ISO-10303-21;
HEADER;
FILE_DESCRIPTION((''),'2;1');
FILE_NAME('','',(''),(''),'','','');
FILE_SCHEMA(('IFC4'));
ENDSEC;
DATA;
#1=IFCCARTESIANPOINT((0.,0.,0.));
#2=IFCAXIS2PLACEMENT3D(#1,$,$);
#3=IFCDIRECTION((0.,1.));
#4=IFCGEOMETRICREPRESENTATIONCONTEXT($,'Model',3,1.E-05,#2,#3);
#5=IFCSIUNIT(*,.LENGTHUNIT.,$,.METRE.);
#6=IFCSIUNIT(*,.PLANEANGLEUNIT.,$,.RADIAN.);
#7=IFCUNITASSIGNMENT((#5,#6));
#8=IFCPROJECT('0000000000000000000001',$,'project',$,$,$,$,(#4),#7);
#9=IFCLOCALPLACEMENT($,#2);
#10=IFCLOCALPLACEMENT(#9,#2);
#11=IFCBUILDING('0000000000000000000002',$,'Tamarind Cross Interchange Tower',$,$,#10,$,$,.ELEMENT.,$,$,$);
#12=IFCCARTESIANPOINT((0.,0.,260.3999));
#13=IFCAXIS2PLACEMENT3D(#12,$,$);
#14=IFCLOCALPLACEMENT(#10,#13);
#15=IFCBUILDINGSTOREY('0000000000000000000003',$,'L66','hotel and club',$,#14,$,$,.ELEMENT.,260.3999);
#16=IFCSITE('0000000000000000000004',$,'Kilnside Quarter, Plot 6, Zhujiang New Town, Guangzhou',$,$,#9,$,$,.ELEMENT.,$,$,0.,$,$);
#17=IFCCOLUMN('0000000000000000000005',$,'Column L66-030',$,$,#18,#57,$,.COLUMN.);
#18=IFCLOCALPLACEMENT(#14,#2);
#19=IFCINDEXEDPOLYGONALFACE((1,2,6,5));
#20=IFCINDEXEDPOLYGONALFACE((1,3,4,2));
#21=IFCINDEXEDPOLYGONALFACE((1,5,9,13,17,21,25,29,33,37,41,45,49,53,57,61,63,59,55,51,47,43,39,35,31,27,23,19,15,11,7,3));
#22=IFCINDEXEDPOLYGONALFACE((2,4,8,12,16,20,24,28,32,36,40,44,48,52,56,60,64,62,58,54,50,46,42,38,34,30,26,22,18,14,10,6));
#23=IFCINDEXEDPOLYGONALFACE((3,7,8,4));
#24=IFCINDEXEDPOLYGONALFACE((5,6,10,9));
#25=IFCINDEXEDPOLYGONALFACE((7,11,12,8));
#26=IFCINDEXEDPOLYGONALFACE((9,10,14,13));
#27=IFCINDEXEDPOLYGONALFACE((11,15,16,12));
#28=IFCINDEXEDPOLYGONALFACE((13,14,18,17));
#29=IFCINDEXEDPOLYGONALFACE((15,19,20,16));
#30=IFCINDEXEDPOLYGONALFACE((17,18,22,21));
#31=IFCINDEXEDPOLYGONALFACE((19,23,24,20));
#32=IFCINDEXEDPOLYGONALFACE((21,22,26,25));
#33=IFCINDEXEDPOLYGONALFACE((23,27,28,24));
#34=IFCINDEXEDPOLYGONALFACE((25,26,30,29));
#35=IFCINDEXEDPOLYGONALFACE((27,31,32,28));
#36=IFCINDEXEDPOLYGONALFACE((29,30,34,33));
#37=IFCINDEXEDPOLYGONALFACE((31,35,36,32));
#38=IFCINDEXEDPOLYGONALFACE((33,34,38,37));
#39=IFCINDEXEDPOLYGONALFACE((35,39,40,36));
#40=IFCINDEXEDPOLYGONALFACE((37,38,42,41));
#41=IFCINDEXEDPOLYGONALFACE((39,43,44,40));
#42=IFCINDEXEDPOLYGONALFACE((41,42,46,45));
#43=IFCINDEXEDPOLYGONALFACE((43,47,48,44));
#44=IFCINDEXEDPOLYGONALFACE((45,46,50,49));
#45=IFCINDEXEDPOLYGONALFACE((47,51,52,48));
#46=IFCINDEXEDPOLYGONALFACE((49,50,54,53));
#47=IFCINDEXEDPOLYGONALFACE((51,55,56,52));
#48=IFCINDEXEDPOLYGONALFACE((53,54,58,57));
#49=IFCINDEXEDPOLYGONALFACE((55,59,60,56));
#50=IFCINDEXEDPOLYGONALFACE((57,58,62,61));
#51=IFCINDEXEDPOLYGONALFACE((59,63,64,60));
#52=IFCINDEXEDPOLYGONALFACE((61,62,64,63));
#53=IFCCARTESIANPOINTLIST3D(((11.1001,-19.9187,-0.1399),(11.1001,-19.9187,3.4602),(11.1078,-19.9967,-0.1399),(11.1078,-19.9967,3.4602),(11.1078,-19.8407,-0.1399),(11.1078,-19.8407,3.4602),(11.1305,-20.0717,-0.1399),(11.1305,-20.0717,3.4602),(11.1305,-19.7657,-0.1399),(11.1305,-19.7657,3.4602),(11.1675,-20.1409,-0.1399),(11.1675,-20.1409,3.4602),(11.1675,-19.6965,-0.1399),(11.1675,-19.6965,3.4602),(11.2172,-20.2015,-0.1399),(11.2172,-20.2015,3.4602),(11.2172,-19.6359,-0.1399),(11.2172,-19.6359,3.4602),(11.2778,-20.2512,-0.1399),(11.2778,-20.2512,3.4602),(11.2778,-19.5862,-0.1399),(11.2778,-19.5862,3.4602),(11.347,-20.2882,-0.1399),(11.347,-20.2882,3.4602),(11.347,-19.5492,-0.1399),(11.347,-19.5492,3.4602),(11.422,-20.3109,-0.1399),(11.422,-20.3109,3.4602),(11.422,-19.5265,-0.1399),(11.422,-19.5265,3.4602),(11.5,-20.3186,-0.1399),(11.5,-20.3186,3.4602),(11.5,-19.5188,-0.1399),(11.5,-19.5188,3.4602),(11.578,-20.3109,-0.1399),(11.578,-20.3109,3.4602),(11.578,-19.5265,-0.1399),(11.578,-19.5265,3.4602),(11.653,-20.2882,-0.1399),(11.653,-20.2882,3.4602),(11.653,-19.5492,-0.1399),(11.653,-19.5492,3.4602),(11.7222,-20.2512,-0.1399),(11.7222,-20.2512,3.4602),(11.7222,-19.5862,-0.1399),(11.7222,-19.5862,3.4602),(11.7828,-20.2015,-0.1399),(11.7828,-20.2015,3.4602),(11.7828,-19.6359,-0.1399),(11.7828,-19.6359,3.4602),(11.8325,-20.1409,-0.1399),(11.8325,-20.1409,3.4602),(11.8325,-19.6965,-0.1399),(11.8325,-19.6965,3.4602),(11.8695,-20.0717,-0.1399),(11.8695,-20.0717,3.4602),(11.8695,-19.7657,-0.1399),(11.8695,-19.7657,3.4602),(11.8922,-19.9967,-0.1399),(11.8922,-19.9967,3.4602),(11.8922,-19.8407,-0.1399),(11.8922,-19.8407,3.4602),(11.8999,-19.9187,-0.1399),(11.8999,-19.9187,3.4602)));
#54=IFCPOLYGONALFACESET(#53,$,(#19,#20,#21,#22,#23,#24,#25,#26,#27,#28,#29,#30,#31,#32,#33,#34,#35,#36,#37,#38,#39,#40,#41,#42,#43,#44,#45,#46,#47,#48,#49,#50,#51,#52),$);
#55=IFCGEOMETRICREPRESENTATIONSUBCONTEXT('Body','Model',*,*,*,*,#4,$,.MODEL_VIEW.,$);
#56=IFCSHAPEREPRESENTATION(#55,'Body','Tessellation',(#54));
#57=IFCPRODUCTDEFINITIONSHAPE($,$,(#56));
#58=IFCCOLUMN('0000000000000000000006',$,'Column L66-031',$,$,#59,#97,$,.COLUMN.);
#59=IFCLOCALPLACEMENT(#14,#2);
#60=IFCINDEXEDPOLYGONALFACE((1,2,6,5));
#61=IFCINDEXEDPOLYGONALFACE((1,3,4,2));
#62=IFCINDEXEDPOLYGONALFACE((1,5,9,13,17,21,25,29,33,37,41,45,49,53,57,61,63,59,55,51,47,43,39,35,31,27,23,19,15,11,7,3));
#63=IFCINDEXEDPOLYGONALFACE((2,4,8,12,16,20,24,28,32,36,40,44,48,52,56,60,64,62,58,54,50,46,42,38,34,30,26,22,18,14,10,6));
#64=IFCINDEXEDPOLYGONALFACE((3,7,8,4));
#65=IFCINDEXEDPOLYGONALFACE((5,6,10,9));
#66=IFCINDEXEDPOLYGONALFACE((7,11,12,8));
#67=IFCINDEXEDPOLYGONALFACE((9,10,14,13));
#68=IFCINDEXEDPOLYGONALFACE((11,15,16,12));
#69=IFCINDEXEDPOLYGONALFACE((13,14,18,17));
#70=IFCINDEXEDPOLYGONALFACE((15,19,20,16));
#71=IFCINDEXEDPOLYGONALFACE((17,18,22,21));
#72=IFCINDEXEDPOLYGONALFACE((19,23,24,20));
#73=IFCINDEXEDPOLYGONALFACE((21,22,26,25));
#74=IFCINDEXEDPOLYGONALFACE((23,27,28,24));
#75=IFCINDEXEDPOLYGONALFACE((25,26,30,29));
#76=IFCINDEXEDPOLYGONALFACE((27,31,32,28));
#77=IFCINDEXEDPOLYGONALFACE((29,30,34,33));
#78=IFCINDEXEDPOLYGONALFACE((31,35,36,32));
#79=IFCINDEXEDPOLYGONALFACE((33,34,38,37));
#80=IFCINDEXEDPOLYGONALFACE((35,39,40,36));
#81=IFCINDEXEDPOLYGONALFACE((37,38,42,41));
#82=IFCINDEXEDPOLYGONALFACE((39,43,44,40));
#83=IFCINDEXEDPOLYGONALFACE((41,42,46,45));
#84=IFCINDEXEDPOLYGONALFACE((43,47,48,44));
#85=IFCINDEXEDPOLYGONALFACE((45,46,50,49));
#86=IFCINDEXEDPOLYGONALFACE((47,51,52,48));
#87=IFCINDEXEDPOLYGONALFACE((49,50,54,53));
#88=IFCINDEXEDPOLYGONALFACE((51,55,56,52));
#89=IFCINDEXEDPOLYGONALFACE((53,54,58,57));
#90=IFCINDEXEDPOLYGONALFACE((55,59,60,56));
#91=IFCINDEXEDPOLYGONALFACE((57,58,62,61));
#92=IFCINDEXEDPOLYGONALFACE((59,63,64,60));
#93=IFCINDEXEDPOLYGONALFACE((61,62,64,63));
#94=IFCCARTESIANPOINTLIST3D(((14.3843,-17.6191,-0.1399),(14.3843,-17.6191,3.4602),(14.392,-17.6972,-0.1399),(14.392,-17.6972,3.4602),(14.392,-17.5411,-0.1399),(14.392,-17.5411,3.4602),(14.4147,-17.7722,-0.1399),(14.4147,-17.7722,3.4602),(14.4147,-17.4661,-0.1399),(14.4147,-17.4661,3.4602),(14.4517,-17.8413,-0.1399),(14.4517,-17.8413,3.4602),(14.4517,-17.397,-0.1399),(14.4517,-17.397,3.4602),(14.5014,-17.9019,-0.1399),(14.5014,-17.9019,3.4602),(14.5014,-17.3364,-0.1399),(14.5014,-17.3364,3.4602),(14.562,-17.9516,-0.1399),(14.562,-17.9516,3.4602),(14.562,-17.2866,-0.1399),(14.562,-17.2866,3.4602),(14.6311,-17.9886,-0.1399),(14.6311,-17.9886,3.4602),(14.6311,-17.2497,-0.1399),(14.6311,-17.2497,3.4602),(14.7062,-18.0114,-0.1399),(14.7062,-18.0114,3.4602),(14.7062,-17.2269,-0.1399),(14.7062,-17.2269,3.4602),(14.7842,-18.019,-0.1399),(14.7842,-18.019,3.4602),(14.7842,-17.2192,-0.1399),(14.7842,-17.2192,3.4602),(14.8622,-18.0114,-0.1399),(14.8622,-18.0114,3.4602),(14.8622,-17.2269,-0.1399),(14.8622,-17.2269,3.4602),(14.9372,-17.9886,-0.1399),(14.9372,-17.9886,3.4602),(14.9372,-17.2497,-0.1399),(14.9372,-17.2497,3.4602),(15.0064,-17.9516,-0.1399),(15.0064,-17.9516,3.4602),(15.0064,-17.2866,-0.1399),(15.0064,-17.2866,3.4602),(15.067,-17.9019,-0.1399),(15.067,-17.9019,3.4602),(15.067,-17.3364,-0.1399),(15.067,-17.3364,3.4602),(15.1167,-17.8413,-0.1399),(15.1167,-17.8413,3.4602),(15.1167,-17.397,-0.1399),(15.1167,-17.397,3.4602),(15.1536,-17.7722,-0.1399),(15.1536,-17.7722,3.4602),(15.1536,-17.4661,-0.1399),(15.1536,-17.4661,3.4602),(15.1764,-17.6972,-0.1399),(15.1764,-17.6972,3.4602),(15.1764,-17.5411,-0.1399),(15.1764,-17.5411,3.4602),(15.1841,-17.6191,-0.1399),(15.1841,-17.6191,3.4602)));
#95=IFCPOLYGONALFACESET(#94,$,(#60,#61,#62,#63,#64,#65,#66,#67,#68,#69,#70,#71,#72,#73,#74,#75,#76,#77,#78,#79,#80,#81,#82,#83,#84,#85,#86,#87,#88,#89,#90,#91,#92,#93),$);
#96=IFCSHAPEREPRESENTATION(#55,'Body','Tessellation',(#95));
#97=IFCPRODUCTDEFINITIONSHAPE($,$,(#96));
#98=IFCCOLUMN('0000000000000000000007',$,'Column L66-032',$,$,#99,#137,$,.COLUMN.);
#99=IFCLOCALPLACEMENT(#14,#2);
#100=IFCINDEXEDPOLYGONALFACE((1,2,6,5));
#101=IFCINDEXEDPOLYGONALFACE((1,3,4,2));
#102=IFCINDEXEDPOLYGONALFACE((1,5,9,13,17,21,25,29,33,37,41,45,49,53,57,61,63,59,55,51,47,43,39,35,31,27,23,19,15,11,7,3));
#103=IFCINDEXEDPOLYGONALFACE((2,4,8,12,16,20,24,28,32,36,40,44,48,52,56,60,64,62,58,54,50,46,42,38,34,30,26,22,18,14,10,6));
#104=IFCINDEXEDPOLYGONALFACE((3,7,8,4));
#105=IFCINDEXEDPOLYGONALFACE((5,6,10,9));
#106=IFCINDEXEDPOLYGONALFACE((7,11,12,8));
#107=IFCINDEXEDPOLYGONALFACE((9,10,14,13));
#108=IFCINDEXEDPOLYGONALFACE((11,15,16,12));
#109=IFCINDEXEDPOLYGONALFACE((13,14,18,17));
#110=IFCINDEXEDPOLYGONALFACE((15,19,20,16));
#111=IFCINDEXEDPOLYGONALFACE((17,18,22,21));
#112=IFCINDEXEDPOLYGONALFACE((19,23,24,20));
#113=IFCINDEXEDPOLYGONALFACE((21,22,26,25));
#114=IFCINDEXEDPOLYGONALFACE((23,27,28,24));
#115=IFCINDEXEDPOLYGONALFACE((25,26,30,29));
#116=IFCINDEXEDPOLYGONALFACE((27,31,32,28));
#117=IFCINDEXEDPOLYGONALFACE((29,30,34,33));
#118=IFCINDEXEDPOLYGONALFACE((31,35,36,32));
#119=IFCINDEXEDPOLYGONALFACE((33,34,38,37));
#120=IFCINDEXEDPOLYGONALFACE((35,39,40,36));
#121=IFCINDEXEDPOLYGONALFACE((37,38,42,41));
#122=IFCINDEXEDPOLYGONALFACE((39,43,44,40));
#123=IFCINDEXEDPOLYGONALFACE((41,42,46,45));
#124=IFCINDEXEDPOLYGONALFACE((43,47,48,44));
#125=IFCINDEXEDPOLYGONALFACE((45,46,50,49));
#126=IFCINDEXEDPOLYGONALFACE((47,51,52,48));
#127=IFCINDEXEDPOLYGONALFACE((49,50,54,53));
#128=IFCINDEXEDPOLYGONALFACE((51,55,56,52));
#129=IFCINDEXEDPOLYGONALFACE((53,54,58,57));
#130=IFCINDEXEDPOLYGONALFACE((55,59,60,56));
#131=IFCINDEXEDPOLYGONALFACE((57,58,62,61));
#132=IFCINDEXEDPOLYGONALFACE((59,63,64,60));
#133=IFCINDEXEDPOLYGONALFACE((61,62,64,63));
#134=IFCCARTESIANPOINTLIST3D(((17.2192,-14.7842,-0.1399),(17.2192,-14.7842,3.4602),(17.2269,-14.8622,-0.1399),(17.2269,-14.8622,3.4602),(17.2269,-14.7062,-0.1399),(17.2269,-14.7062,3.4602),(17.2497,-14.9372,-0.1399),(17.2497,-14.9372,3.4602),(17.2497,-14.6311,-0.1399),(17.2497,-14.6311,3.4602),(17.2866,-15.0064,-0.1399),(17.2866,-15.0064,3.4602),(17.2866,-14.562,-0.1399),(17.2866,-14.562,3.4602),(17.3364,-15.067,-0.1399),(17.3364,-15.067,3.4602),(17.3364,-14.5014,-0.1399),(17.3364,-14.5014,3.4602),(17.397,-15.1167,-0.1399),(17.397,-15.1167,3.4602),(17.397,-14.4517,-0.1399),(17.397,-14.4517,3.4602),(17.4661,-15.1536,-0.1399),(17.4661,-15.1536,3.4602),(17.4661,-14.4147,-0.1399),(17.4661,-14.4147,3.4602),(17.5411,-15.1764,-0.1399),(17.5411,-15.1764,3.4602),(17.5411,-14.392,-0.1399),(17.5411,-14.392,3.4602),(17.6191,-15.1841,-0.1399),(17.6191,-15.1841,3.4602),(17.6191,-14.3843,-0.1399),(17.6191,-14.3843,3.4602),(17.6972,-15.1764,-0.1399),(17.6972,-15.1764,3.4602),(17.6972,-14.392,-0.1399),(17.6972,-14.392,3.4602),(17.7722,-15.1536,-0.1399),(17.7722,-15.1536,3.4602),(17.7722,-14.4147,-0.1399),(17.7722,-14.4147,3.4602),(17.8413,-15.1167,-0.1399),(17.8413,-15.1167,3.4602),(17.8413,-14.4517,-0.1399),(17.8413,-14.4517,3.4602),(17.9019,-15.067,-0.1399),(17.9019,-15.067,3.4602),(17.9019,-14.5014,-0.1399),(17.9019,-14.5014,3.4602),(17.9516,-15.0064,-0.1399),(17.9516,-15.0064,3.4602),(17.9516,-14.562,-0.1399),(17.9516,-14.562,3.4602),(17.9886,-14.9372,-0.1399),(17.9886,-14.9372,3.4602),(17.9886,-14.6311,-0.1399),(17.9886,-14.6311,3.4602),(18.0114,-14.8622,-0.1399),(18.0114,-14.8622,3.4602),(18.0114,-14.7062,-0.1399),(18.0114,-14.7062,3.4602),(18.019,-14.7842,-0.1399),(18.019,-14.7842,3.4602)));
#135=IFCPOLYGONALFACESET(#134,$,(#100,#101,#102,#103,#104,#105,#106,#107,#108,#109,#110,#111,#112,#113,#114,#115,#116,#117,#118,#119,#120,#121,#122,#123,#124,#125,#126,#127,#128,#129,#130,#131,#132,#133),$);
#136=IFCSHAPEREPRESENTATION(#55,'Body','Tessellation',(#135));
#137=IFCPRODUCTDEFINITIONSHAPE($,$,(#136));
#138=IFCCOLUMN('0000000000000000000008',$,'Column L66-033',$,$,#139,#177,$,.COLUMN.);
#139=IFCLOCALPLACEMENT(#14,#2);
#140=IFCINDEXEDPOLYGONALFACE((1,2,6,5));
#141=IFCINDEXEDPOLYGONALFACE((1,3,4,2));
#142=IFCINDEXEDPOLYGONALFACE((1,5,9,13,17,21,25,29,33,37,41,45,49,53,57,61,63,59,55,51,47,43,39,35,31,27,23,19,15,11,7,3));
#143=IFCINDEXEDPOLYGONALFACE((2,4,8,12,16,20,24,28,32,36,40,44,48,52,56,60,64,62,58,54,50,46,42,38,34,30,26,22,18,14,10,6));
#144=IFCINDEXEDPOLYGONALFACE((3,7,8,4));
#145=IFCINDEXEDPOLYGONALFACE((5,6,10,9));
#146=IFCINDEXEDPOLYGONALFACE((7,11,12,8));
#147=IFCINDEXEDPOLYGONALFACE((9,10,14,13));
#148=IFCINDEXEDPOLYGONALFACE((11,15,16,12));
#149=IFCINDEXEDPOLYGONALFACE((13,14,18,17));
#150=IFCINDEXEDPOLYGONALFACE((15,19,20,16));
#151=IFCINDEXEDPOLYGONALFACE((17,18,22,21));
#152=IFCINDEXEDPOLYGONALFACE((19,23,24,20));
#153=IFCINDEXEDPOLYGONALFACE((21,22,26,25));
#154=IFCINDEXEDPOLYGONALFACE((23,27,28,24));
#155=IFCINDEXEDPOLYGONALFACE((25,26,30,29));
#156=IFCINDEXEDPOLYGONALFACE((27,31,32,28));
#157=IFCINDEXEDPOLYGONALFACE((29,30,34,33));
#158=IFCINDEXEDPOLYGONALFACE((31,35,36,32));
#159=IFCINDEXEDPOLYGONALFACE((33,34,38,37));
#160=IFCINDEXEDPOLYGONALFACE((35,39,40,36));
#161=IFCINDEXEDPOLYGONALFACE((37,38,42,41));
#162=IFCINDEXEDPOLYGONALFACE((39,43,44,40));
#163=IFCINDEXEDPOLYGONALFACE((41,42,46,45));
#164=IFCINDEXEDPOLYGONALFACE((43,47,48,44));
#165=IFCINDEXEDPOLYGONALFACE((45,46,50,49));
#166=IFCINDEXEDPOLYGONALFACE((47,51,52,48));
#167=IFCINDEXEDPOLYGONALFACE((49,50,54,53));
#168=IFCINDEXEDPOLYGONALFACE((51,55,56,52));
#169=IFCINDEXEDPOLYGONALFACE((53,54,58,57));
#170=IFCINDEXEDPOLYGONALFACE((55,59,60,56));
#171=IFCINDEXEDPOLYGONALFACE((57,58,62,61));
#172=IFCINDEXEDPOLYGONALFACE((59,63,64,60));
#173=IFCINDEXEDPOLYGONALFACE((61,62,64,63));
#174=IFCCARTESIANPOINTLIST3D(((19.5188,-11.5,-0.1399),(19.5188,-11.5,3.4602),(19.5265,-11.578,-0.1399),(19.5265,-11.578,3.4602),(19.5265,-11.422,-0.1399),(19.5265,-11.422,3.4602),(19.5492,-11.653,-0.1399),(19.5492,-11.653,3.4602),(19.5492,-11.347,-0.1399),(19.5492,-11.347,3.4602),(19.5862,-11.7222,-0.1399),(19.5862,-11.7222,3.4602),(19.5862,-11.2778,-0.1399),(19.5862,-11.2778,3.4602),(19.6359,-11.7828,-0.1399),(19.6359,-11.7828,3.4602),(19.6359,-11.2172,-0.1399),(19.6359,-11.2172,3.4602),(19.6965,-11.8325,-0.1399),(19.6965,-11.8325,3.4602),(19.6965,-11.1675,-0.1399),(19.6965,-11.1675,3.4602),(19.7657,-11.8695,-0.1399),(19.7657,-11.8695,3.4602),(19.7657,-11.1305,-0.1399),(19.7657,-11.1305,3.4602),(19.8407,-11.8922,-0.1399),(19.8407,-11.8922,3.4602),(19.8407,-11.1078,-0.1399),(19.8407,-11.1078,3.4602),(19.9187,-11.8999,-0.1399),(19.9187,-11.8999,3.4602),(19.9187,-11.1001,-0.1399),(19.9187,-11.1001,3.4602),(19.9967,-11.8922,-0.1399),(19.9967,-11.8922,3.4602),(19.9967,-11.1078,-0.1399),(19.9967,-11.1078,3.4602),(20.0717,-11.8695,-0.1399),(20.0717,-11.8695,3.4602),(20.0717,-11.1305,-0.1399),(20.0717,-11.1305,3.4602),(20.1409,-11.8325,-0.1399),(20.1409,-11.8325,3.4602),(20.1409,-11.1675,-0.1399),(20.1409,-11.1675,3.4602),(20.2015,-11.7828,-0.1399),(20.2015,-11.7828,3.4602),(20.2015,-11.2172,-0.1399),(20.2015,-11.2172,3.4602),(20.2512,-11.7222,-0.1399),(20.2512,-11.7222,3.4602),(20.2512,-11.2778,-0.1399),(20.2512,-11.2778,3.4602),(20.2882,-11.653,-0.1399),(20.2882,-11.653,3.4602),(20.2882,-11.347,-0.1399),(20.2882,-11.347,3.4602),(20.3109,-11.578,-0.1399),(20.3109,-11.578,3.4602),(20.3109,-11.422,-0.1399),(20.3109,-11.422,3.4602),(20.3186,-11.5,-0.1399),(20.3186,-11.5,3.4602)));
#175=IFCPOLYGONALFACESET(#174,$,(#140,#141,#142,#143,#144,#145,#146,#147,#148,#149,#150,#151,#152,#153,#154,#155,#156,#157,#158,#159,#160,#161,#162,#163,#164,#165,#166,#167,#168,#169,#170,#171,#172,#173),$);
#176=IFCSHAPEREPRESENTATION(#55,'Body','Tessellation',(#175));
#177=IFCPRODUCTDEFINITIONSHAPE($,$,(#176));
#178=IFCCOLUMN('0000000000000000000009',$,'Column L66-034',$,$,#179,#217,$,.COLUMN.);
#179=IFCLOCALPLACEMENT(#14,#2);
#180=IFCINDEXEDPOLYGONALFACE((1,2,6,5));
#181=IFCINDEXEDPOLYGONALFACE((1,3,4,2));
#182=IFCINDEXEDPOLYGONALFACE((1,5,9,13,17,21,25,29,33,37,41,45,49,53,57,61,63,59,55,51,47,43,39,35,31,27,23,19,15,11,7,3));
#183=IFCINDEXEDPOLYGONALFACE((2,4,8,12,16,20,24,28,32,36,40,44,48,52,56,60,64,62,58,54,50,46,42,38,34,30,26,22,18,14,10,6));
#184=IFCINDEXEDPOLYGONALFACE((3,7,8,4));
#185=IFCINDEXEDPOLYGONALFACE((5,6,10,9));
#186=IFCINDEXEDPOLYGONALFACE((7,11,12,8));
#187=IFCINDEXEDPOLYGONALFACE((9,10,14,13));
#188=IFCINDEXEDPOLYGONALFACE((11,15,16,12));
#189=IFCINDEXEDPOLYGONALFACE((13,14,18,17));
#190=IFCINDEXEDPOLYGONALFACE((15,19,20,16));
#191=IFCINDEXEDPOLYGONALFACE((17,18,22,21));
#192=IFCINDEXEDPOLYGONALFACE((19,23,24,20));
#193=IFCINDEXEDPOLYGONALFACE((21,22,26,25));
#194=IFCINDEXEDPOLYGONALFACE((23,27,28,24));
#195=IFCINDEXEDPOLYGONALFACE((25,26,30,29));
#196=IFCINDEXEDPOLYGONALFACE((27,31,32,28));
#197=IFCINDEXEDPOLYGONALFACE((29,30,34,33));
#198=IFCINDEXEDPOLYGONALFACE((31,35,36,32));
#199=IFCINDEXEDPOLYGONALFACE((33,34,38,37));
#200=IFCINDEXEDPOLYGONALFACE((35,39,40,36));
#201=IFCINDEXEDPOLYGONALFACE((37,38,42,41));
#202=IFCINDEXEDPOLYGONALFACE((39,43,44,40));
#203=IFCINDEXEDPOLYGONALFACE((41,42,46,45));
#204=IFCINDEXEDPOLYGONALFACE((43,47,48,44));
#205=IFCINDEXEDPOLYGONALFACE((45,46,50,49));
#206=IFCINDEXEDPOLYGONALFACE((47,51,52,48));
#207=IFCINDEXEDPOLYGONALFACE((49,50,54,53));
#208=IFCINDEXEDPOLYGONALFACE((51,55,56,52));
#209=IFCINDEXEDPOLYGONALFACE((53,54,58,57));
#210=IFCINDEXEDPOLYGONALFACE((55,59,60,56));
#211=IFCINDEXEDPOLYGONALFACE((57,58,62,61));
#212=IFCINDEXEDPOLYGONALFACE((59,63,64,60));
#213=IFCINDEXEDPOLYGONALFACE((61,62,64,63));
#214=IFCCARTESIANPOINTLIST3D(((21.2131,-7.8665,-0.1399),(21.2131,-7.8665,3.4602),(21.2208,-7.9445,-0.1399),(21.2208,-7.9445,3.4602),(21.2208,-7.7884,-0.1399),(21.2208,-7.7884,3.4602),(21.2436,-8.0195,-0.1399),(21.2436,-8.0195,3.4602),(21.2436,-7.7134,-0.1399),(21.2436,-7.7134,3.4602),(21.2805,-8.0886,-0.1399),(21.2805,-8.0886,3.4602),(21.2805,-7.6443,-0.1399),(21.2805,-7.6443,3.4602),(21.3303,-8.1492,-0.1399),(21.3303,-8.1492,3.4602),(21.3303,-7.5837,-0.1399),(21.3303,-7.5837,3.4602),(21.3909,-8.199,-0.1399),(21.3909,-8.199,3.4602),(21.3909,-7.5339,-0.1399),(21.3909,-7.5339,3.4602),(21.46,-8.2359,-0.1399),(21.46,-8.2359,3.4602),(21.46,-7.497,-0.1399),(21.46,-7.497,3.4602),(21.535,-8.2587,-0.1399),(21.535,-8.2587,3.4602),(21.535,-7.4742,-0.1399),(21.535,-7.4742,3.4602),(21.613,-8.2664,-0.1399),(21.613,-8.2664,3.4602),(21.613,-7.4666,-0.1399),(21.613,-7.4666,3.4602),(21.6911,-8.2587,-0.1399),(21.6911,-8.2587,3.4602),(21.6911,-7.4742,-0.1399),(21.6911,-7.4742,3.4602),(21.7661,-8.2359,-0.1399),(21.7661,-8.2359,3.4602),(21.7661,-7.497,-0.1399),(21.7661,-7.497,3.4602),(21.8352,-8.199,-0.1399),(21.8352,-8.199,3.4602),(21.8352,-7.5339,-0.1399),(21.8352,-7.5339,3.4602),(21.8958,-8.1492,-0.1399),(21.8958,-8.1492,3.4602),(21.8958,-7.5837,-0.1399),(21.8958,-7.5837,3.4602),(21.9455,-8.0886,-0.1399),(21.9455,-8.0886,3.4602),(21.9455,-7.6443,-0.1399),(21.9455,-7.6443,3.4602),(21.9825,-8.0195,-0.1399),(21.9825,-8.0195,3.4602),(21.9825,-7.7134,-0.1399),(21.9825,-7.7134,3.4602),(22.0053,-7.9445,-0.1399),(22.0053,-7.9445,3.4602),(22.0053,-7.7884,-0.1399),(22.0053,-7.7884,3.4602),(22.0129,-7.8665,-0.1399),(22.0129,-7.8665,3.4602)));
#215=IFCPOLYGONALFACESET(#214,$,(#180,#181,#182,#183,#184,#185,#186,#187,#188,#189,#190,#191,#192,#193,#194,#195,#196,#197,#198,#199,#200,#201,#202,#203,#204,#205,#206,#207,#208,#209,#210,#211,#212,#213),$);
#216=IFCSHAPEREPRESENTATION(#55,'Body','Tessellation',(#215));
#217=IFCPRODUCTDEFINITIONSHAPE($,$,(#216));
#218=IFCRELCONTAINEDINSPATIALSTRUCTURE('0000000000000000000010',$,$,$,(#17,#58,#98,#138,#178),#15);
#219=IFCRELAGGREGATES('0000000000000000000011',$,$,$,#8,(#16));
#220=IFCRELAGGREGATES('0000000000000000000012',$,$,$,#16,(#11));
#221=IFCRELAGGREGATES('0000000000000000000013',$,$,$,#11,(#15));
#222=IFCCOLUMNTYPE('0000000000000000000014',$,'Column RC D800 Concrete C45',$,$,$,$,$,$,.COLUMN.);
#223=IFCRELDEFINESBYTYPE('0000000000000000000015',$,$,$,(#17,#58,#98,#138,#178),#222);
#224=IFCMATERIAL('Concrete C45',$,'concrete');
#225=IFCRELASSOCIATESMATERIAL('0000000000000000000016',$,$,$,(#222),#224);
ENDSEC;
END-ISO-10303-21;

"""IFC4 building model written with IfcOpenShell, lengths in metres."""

from ifc_helpers import new_model, si_unit, direction, frame, origin, origin_2d, place, context, subcontext, project, spatial, circle, extrude, material, material_profile, profile_set, type_object, element, save


model = new_model("IFC4")

# Units and contexts
model_context = context("Model", 3, precision=1e-05, world=origin(), true_north=direction((0.0, 1.0)))
body_context = subcontext(model_context, "Body", "Model", "MODEL_VIEW")
ifc_project = project(units=[si_unit("LENGTHUNIT", "METRE"), si_unit("PLANEANGLEUNIT", "RADIAN")], contexts=[model_context])

# Site, building, storey
site_placement = place(None, origin())
site = spatial("IfcSite", under=ifc_project, at=site_placement, Name="Kilnside Quarter, Plot 6, Zhujiang New Town, Guangzhou", CompositionType="ELEMENT", RefElevation=0.0)
building_placement = place(site_placement, origin())
building = spatial("IfcBuilding", under=site, at=building_placement, Name="Tamarind Cross Interchange Tower", CompositionType="ELEMENT")
storey_placement = place(building_placement, frame((0.0, 0.0, 260.3999)))
storey = spatial("IfcBuildingStorey", under=building, at=storey_placement, Name="L66", Description="hotel and club", CompositionType="ELEMENT", Elevation=260.3999)

# Columns
ifc_material_1 = material(Name="Concrete C45", Category="concrete")
ifc_material_profile_1 = material_profile(ifc_material_1, circle(Radius=0.3999, at=origin_2d()), Name="RC D800")
ifc_profile_set_1 = profile_set([ifc_material_profile_1], Name="Concrete C45")
column_type = type_object("IfcColumnType", Name="Column RC D800 Concrete C45", PredefinedType="COLUMN", material=ifc_profile_set_1)
for number, where, z_axis, x_axis, name in (
    (1, (11.5, -19.9187, -0.1399), (0.0, 0.0, 1.0), (1.0, 0.0, 0.0), "Column L66-030"),
    (2, (14.7842, -17.6191, -0.1399), (0.0, 0.0, 1.0), (1.0, 0.0, 0.0), "Column L66-031"),
    (3, (17.6191, -14.7842, -0.1399), (0.0, 0.0, 1.0), (1.0, 0.0, 0.0), "Column L66-032"),
    (4, (19.9187, -11.5, -0.1399), (0.0, 0.0, 1.0), (1.0, 0.0, 0.0), "Column L66-033"),
    (5, (21.613, -7.8665, -0.1399), (0.0, 0.0, 1.0), (1.0, 0.0, 0.0), "Column L66-034"),
):
    element("IfcColumn", number, at=place(storey_placement, frame(where, z_axis=z_axis, x_axis=x_axis)), inside=storey, type_object=column_type, Name=name, PredefinedType="COLUMN", context=body_context, shape_type="SweptSolid", body=[
        extrude(circle(Radius=0.3999, at=origin_2d()), origin(), (0.0, 0.0, 1.0), 3.6001),
    ])

save(model, "model.ifc")
